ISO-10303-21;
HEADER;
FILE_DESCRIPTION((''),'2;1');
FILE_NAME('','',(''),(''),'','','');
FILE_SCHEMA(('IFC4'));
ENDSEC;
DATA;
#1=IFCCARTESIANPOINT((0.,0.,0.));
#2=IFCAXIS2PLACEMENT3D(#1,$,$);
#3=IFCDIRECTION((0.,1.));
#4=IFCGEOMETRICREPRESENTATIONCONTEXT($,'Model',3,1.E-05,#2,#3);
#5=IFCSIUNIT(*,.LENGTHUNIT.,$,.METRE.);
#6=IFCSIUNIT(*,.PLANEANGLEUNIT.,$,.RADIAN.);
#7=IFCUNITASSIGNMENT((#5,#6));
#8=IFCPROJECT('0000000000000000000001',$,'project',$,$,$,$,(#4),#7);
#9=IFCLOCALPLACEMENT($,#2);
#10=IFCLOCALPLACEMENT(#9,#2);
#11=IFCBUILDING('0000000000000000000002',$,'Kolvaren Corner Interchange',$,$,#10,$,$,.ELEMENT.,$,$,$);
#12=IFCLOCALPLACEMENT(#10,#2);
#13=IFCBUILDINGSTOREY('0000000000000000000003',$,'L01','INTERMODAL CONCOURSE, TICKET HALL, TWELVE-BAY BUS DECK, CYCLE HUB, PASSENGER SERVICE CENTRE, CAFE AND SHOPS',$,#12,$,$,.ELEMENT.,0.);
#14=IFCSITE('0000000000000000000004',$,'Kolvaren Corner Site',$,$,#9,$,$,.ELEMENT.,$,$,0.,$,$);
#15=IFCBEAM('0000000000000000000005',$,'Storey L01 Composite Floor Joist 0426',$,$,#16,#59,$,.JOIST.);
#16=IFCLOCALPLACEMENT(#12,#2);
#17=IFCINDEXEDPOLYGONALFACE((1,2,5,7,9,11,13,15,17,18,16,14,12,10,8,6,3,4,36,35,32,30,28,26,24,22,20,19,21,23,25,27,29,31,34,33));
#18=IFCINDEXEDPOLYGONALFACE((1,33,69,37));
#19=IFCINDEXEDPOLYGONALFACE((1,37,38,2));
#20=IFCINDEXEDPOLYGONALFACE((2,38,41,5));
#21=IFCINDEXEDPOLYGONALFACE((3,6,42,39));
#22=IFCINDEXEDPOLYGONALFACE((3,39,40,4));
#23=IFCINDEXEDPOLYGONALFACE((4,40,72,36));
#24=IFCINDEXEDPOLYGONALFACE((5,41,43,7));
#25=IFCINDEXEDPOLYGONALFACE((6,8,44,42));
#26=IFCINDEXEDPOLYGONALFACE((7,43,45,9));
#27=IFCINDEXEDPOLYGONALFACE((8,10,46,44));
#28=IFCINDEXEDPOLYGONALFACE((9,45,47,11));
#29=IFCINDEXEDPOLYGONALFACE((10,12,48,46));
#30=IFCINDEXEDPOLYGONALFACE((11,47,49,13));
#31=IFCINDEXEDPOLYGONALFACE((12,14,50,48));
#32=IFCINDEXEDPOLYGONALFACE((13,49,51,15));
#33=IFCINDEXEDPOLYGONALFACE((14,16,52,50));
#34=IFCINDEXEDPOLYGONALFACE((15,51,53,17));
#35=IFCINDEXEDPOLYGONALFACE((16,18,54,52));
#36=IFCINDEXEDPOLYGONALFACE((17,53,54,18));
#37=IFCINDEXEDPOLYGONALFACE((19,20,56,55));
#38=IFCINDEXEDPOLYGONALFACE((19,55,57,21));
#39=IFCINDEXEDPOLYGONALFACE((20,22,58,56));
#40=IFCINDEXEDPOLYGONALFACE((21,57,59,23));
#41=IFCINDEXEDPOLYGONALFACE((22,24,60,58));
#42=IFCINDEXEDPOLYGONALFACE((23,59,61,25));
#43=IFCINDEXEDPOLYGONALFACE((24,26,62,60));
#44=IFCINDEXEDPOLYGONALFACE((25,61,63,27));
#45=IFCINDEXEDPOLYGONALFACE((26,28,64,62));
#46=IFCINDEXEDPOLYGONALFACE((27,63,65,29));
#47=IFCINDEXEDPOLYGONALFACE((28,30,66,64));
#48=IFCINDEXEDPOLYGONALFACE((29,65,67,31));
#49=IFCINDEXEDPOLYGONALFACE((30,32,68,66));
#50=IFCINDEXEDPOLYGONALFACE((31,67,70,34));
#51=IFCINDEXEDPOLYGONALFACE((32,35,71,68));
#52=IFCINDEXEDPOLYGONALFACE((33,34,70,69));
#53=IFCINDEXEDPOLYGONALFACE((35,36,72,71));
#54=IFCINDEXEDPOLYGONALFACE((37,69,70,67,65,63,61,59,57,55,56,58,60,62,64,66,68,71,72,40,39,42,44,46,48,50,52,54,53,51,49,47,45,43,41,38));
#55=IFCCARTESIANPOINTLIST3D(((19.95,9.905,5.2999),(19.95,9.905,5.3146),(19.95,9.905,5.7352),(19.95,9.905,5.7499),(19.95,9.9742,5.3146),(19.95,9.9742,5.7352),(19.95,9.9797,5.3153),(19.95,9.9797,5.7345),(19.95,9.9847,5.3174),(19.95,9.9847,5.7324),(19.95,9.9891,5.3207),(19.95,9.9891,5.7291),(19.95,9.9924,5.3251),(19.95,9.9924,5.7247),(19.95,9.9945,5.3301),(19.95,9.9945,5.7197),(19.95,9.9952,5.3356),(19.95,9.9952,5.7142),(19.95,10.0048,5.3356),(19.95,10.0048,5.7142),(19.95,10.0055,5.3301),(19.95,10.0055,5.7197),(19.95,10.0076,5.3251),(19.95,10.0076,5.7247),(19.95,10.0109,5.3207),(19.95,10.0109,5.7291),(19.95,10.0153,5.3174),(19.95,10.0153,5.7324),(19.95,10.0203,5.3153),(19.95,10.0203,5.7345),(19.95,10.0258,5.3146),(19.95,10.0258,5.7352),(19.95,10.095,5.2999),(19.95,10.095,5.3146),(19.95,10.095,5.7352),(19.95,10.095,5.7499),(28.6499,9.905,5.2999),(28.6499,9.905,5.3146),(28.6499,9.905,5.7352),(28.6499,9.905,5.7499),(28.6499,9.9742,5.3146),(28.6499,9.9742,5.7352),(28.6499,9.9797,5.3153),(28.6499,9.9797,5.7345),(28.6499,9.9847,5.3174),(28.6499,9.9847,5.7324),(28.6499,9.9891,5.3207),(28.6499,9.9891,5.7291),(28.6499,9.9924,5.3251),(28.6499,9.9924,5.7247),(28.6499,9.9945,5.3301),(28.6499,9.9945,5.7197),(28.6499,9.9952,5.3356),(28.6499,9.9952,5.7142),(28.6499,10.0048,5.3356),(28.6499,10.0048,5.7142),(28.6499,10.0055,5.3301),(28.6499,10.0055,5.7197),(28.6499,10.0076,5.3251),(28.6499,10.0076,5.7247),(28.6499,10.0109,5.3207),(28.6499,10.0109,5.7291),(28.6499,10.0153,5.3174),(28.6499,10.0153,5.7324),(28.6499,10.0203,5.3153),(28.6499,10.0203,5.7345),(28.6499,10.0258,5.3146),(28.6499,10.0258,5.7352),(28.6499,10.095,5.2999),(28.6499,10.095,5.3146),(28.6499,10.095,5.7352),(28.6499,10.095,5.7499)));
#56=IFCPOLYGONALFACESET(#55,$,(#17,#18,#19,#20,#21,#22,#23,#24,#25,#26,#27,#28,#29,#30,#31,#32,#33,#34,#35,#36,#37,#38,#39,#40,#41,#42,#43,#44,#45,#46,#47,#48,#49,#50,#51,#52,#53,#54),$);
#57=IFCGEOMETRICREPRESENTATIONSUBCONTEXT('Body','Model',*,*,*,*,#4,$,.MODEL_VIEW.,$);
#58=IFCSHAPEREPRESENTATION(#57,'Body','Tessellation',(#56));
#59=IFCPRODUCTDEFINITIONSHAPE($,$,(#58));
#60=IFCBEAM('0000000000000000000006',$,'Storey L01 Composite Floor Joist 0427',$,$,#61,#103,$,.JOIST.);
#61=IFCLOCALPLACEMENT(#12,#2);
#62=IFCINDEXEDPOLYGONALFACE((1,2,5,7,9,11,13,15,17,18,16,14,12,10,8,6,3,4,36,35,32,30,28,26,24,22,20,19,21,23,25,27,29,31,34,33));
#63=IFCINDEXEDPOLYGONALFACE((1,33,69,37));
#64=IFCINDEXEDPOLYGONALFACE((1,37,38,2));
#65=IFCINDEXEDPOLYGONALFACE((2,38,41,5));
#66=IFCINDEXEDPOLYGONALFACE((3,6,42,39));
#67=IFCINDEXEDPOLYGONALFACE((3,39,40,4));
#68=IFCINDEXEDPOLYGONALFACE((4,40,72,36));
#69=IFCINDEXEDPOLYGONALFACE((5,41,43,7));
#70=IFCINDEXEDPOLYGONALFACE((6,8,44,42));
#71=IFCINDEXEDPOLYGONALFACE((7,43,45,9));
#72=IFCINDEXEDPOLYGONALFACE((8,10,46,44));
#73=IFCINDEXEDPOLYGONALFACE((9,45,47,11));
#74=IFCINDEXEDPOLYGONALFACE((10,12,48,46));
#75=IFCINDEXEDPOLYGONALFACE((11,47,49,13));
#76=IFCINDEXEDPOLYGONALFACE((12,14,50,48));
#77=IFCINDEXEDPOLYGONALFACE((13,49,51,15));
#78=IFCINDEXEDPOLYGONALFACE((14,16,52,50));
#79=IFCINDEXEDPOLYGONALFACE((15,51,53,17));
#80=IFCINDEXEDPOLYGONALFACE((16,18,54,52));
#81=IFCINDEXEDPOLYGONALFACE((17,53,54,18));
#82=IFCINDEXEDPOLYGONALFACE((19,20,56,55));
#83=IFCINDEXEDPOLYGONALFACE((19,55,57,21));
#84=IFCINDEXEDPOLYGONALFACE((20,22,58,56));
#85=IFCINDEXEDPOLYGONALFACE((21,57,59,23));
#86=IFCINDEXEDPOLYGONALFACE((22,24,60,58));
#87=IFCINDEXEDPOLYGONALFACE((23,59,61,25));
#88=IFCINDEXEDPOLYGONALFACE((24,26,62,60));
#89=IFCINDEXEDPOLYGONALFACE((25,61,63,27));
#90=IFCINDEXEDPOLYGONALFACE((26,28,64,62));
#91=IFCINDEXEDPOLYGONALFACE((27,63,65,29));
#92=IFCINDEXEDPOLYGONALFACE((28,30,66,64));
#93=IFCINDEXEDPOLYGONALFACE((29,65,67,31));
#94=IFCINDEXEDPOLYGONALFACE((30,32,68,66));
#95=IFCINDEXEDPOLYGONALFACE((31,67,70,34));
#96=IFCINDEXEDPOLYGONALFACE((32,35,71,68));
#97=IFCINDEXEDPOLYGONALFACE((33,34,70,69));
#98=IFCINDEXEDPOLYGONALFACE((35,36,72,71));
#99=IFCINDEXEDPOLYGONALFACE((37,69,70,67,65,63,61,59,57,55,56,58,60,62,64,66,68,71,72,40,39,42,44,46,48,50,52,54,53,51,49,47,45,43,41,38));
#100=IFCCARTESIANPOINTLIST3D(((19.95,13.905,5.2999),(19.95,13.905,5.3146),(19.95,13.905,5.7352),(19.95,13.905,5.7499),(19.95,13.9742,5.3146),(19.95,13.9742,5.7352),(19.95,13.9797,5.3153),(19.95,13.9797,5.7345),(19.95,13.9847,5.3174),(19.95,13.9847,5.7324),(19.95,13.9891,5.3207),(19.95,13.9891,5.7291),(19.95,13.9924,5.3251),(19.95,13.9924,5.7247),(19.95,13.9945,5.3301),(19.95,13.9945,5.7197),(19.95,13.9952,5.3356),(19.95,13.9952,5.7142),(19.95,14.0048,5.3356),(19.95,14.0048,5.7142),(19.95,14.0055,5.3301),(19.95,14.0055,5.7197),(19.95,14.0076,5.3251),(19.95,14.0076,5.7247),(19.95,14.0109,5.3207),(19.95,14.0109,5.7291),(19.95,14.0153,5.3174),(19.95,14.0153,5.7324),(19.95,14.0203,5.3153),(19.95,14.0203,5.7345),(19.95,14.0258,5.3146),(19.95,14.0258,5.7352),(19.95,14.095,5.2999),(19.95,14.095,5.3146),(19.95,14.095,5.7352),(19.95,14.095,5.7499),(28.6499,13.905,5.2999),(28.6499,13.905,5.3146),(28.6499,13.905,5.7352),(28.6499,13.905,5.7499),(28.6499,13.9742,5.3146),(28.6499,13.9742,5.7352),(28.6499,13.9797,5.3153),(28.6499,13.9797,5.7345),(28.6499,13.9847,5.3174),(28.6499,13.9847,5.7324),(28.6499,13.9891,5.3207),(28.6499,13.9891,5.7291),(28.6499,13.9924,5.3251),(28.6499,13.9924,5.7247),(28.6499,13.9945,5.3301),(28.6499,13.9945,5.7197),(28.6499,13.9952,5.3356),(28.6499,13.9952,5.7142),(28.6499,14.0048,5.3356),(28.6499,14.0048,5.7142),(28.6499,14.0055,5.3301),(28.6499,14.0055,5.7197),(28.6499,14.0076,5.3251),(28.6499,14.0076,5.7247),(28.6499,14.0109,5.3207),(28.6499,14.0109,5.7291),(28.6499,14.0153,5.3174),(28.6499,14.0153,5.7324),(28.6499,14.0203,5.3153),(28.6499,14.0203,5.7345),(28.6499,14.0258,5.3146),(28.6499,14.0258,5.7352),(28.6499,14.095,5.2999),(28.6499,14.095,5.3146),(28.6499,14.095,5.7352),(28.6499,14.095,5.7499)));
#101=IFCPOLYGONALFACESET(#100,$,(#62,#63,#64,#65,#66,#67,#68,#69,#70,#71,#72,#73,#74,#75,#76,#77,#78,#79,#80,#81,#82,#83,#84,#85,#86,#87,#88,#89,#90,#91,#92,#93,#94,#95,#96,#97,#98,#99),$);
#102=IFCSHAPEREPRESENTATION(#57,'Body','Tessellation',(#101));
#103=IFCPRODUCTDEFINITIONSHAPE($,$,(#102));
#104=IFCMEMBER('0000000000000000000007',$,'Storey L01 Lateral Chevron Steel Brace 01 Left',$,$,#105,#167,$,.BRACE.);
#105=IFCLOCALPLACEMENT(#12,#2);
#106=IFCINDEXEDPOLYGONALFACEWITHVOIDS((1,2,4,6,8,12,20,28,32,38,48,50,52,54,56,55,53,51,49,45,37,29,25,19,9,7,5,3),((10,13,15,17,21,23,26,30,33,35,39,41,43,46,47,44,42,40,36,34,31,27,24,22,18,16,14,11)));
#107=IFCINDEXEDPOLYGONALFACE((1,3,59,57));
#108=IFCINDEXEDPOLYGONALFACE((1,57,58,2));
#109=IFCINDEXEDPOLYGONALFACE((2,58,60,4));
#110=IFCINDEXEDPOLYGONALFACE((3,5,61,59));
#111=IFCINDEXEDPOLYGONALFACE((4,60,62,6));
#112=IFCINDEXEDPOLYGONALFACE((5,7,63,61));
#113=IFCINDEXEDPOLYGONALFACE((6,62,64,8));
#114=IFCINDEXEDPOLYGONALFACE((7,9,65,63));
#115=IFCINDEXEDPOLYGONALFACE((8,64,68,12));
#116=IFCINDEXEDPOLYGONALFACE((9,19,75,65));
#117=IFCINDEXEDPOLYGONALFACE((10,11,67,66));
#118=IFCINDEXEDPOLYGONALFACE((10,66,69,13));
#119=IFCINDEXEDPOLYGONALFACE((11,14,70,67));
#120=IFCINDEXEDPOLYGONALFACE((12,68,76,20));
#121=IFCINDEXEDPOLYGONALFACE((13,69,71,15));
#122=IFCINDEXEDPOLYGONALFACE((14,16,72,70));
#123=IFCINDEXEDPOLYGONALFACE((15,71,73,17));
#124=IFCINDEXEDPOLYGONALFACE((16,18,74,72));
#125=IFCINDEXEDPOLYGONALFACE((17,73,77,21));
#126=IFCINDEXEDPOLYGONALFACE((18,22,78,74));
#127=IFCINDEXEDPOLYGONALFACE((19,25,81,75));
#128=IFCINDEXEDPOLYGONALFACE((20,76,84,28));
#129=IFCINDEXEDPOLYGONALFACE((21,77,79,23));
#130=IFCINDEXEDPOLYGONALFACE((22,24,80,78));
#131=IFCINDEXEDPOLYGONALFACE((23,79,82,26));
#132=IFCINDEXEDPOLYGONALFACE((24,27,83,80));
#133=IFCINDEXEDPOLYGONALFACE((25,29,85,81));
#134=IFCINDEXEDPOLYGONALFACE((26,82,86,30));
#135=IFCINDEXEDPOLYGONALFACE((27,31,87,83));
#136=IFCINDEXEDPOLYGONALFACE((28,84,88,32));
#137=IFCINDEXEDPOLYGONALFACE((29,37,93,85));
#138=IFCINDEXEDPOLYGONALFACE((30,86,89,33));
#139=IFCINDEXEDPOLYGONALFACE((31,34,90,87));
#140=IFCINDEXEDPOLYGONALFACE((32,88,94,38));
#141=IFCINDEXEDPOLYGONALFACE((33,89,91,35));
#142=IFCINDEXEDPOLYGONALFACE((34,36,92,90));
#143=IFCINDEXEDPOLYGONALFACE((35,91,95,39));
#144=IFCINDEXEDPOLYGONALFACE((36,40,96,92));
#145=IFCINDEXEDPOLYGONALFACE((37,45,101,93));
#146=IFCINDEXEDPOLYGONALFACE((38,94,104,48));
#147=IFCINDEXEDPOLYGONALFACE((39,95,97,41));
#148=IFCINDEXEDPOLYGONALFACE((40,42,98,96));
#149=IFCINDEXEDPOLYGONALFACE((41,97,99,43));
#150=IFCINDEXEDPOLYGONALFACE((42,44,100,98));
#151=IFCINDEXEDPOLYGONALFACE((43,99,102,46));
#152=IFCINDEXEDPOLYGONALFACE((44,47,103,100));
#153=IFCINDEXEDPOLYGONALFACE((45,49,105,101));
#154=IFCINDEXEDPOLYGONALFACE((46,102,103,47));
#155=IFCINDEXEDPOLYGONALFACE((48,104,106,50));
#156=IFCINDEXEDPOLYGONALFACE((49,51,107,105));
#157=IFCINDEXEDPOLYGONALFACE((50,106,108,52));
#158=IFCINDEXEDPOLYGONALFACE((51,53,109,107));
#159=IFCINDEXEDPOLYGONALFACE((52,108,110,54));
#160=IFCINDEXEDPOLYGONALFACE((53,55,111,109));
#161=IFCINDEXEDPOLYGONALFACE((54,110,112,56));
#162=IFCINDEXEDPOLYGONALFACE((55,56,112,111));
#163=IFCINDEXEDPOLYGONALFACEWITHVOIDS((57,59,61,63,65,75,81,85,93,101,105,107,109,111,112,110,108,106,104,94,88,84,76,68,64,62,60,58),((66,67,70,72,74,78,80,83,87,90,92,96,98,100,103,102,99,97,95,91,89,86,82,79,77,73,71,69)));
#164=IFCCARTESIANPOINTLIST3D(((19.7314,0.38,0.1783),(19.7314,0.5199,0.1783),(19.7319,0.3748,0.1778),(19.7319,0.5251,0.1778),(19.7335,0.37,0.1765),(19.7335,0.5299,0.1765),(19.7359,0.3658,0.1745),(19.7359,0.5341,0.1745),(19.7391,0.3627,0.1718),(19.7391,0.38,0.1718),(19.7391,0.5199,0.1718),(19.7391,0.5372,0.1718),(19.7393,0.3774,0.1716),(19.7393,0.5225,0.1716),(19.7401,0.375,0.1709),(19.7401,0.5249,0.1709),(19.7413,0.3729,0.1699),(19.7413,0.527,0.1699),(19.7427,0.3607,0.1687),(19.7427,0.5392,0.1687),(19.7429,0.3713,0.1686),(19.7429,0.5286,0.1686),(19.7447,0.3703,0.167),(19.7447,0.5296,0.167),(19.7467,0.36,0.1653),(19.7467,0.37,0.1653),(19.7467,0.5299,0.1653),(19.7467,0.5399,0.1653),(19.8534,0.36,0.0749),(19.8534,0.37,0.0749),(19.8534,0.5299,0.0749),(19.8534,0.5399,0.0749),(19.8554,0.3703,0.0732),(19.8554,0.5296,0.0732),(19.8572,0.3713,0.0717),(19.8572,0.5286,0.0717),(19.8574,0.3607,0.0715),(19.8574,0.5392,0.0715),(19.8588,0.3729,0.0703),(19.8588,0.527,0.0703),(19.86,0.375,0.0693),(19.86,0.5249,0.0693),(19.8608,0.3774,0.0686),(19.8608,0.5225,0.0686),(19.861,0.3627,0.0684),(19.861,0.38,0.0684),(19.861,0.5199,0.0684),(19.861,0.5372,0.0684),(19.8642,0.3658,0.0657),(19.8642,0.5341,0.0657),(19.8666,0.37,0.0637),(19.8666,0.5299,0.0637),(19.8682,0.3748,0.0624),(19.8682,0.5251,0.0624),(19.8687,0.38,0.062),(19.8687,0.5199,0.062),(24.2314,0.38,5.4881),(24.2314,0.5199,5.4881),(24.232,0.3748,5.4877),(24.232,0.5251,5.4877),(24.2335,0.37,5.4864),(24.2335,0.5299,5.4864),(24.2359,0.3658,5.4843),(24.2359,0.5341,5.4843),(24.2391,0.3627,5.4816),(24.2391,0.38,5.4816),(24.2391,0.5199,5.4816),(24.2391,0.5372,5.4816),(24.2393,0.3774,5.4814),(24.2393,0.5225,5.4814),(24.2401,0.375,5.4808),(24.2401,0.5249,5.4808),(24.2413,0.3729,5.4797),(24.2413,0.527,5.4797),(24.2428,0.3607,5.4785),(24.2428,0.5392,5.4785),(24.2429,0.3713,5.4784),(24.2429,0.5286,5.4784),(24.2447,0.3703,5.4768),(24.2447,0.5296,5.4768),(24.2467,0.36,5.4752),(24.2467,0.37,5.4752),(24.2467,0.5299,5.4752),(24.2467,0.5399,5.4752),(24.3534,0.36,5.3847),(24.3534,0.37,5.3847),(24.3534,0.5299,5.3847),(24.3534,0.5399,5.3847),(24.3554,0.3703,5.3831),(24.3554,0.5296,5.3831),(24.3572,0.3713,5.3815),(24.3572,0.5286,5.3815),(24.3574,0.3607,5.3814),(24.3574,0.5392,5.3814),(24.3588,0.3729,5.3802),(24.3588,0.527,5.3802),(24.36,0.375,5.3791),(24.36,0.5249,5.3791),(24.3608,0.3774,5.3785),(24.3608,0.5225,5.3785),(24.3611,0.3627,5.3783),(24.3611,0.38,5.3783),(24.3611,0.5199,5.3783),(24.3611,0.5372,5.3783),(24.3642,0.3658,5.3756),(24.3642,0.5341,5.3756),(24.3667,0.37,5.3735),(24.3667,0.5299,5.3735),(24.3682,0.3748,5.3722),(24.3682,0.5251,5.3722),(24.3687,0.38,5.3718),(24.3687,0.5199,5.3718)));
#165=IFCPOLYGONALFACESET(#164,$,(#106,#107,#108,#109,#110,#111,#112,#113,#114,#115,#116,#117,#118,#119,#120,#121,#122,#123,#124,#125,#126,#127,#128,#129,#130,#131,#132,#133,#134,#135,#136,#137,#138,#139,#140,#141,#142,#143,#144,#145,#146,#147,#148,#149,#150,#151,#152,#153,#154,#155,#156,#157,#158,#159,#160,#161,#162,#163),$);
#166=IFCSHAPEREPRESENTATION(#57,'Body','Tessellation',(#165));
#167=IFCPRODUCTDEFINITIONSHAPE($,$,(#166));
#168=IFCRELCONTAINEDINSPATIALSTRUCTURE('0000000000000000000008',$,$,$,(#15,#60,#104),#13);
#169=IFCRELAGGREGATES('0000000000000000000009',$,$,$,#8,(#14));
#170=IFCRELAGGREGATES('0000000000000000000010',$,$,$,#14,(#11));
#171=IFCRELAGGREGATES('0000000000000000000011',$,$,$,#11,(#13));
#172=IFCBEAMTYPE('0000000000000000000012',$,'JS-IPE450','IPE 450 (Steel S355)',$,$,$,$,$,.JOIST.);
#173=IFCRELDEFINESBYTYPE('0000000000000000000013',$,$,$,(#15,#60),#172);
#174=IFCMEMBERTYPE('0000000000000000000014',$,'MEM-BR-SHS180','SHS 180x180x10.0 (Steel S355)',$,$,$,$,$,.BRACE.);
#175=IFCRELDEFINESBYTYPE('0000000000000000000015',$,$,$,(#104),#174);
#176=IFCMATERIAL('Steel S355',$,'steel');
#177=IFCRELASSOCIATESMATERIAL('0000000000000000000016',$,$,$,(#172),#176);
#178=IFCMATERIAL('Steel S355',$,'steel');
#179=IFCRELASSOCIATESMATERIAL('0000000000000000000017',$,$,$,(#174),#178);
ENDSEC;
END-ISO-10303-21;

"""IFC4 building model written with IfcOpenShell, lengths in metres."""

from ifc_helpers import new_model, si_unit, direction, frame, origin, origin_2d, place, context, subcontext, project, spatial, hollow_rectangle, i_section, extrude, material, material_profile, profile_set, type_object, element, save


model = new_model("IFC4")

# Units and contexts
model_context = context("Model", 3, precision=1e-05, world=origin(), true_north=direction((0.0, 1.0)))
body_context = subcontext(model_context, "Body", "Model", "MODEL_VIEW")
ifc_project = project(units=[si_unit("LENGTHUNIT", "METRE"), si_unit("PLANEANGLEUNIT", "RADIAN")], contexts=[model_context])

# Site, building, storey
site_placement = place(None, origin())
site = spatial("IfcSite", under=ifc_project, at=site_placement, Name="Kolvaren Corner Site", CompositionType="ELEMENT", RefElevation=0.0)
building_placement = place(site_placement, origin())
building = spatial("IfcBuilding", under=site, at=building_placement, Name="Kolvaren Corner Interchange", CompositionType="ELEMENT")
storey_placement = place(building_placement, origin())
storey = spatial("IfcBuildingStorey", under=building, at=storey_placement, Name="L01", Description="INTERMODAL CONCOURSE, TICKET HALL, TWELVE-BAY BUS DECK, CYCLE HUB, PASSENGER SERVICE CENTRE, CAFE AND SHOPS", CompositionType="ELEMENT", Elevation=0.0)

# Beams
ifc_material_1 = material(Name="Steel S355", Category="steel")
ifc_material_profile_1 = material_profile(ifc_material_1, i_section(OverallWidth=0.1899, OverallDepth=0.45, WebThickness=0.0095, FlangeThickness=0.0146, FilletRadius=0.021, at=origin_2d()), Name="IPE 450")
ifc_profile_set_1 = profile_set([ifc_material_profile_1], Name="Steel S355")
beam_type_1 = type_object("IfcBeamType", Name="JS-IPE450", Description="IPE 450 (Steel S355)", PredefinedType="JOIST", material=ifc_profile_set_1)
for number, where, z_axis, x_axis, name in (
    (1, (19.95, 10.0, 5.5249), (1.0, 0.0, 0.0), (0.0, 1.0, 0.0), "Storey L01 Composite Floor Joist 0426"),
    (2, (19.95, 14.0, 5.5249), (1.0, 0.0, 0.0), (0.0, 1.0, 0.0), "Storey L01 Composite Floor Joist 0427"),
):
    element("IfcBeam", number, at=place(storey_placement, frame(where, z_axis=z_axis, x_axis=x_axis)), inside=storey, type_object=beam_type_1, Name=name, PredefinedType="JOIST", context=body_context, shape_type="SweptSolid", body=[
        extrude(i_section(OverallWidth=0.1899, OverallDepth=0.45, WebThickness=0.0095, FlangeThickness=0.0146, FilletRadius=0.021, at=origin_2d()), origin(), (0.0, 0.0, 1.0), 8.7),
    ])

# Member
ifc_material_2 = material(Name="Steel S355", Category="steel")
ifc_material_profile_2 = material_profile(ifc_material_2, hollow_rectangle(XDim=0.1799, YDim=0.1799, WallThickness=0.01, InnerFilletRadius=0.01, OuterFilletRadius=0.02, at=origin_2d()), Name="SHS 180x180x10.0")
ifc_profile_set_2 = profile_set([ifc_material_profile_2], Name="Steel S355")
member_type = type_object("IfcMemberType", Name="MEM-BR-SHS180", Description="SHS 180x180x10.0 (Steel S355)", PredefinedType="BRACE", material=ifc_profile_set_2)
for number, where, z_axis, x_axis, name in (
    (3, (19.8, 0.45, 0.1201), (0.646535, 0.0, 0.762884), (0.0, 1.0, 0.0), "Storey L01 Lateral Chevron Steel Brace 01 Left"),
):
    element("IfcMember", number, at=place(storey_placement, frame(where, z_axis=z_axis, x_axis=x_axis)), inside=storey, type_object=member_type, Name=name, PredefinedType="BRACE", context=body_context, shape_type="SweptSolid", body=[
        extrude(hollow_rectangle(XDim=0.1799, YDim=0.1799, WallThickness=0.01, InnerFilletRadius=0.01, OuterFilletRadius=0.02, at=origin_2d()), origin(), (0.0, 0.0, 1.0), 6.9602),
    ])

save(model, "model.ifc")
